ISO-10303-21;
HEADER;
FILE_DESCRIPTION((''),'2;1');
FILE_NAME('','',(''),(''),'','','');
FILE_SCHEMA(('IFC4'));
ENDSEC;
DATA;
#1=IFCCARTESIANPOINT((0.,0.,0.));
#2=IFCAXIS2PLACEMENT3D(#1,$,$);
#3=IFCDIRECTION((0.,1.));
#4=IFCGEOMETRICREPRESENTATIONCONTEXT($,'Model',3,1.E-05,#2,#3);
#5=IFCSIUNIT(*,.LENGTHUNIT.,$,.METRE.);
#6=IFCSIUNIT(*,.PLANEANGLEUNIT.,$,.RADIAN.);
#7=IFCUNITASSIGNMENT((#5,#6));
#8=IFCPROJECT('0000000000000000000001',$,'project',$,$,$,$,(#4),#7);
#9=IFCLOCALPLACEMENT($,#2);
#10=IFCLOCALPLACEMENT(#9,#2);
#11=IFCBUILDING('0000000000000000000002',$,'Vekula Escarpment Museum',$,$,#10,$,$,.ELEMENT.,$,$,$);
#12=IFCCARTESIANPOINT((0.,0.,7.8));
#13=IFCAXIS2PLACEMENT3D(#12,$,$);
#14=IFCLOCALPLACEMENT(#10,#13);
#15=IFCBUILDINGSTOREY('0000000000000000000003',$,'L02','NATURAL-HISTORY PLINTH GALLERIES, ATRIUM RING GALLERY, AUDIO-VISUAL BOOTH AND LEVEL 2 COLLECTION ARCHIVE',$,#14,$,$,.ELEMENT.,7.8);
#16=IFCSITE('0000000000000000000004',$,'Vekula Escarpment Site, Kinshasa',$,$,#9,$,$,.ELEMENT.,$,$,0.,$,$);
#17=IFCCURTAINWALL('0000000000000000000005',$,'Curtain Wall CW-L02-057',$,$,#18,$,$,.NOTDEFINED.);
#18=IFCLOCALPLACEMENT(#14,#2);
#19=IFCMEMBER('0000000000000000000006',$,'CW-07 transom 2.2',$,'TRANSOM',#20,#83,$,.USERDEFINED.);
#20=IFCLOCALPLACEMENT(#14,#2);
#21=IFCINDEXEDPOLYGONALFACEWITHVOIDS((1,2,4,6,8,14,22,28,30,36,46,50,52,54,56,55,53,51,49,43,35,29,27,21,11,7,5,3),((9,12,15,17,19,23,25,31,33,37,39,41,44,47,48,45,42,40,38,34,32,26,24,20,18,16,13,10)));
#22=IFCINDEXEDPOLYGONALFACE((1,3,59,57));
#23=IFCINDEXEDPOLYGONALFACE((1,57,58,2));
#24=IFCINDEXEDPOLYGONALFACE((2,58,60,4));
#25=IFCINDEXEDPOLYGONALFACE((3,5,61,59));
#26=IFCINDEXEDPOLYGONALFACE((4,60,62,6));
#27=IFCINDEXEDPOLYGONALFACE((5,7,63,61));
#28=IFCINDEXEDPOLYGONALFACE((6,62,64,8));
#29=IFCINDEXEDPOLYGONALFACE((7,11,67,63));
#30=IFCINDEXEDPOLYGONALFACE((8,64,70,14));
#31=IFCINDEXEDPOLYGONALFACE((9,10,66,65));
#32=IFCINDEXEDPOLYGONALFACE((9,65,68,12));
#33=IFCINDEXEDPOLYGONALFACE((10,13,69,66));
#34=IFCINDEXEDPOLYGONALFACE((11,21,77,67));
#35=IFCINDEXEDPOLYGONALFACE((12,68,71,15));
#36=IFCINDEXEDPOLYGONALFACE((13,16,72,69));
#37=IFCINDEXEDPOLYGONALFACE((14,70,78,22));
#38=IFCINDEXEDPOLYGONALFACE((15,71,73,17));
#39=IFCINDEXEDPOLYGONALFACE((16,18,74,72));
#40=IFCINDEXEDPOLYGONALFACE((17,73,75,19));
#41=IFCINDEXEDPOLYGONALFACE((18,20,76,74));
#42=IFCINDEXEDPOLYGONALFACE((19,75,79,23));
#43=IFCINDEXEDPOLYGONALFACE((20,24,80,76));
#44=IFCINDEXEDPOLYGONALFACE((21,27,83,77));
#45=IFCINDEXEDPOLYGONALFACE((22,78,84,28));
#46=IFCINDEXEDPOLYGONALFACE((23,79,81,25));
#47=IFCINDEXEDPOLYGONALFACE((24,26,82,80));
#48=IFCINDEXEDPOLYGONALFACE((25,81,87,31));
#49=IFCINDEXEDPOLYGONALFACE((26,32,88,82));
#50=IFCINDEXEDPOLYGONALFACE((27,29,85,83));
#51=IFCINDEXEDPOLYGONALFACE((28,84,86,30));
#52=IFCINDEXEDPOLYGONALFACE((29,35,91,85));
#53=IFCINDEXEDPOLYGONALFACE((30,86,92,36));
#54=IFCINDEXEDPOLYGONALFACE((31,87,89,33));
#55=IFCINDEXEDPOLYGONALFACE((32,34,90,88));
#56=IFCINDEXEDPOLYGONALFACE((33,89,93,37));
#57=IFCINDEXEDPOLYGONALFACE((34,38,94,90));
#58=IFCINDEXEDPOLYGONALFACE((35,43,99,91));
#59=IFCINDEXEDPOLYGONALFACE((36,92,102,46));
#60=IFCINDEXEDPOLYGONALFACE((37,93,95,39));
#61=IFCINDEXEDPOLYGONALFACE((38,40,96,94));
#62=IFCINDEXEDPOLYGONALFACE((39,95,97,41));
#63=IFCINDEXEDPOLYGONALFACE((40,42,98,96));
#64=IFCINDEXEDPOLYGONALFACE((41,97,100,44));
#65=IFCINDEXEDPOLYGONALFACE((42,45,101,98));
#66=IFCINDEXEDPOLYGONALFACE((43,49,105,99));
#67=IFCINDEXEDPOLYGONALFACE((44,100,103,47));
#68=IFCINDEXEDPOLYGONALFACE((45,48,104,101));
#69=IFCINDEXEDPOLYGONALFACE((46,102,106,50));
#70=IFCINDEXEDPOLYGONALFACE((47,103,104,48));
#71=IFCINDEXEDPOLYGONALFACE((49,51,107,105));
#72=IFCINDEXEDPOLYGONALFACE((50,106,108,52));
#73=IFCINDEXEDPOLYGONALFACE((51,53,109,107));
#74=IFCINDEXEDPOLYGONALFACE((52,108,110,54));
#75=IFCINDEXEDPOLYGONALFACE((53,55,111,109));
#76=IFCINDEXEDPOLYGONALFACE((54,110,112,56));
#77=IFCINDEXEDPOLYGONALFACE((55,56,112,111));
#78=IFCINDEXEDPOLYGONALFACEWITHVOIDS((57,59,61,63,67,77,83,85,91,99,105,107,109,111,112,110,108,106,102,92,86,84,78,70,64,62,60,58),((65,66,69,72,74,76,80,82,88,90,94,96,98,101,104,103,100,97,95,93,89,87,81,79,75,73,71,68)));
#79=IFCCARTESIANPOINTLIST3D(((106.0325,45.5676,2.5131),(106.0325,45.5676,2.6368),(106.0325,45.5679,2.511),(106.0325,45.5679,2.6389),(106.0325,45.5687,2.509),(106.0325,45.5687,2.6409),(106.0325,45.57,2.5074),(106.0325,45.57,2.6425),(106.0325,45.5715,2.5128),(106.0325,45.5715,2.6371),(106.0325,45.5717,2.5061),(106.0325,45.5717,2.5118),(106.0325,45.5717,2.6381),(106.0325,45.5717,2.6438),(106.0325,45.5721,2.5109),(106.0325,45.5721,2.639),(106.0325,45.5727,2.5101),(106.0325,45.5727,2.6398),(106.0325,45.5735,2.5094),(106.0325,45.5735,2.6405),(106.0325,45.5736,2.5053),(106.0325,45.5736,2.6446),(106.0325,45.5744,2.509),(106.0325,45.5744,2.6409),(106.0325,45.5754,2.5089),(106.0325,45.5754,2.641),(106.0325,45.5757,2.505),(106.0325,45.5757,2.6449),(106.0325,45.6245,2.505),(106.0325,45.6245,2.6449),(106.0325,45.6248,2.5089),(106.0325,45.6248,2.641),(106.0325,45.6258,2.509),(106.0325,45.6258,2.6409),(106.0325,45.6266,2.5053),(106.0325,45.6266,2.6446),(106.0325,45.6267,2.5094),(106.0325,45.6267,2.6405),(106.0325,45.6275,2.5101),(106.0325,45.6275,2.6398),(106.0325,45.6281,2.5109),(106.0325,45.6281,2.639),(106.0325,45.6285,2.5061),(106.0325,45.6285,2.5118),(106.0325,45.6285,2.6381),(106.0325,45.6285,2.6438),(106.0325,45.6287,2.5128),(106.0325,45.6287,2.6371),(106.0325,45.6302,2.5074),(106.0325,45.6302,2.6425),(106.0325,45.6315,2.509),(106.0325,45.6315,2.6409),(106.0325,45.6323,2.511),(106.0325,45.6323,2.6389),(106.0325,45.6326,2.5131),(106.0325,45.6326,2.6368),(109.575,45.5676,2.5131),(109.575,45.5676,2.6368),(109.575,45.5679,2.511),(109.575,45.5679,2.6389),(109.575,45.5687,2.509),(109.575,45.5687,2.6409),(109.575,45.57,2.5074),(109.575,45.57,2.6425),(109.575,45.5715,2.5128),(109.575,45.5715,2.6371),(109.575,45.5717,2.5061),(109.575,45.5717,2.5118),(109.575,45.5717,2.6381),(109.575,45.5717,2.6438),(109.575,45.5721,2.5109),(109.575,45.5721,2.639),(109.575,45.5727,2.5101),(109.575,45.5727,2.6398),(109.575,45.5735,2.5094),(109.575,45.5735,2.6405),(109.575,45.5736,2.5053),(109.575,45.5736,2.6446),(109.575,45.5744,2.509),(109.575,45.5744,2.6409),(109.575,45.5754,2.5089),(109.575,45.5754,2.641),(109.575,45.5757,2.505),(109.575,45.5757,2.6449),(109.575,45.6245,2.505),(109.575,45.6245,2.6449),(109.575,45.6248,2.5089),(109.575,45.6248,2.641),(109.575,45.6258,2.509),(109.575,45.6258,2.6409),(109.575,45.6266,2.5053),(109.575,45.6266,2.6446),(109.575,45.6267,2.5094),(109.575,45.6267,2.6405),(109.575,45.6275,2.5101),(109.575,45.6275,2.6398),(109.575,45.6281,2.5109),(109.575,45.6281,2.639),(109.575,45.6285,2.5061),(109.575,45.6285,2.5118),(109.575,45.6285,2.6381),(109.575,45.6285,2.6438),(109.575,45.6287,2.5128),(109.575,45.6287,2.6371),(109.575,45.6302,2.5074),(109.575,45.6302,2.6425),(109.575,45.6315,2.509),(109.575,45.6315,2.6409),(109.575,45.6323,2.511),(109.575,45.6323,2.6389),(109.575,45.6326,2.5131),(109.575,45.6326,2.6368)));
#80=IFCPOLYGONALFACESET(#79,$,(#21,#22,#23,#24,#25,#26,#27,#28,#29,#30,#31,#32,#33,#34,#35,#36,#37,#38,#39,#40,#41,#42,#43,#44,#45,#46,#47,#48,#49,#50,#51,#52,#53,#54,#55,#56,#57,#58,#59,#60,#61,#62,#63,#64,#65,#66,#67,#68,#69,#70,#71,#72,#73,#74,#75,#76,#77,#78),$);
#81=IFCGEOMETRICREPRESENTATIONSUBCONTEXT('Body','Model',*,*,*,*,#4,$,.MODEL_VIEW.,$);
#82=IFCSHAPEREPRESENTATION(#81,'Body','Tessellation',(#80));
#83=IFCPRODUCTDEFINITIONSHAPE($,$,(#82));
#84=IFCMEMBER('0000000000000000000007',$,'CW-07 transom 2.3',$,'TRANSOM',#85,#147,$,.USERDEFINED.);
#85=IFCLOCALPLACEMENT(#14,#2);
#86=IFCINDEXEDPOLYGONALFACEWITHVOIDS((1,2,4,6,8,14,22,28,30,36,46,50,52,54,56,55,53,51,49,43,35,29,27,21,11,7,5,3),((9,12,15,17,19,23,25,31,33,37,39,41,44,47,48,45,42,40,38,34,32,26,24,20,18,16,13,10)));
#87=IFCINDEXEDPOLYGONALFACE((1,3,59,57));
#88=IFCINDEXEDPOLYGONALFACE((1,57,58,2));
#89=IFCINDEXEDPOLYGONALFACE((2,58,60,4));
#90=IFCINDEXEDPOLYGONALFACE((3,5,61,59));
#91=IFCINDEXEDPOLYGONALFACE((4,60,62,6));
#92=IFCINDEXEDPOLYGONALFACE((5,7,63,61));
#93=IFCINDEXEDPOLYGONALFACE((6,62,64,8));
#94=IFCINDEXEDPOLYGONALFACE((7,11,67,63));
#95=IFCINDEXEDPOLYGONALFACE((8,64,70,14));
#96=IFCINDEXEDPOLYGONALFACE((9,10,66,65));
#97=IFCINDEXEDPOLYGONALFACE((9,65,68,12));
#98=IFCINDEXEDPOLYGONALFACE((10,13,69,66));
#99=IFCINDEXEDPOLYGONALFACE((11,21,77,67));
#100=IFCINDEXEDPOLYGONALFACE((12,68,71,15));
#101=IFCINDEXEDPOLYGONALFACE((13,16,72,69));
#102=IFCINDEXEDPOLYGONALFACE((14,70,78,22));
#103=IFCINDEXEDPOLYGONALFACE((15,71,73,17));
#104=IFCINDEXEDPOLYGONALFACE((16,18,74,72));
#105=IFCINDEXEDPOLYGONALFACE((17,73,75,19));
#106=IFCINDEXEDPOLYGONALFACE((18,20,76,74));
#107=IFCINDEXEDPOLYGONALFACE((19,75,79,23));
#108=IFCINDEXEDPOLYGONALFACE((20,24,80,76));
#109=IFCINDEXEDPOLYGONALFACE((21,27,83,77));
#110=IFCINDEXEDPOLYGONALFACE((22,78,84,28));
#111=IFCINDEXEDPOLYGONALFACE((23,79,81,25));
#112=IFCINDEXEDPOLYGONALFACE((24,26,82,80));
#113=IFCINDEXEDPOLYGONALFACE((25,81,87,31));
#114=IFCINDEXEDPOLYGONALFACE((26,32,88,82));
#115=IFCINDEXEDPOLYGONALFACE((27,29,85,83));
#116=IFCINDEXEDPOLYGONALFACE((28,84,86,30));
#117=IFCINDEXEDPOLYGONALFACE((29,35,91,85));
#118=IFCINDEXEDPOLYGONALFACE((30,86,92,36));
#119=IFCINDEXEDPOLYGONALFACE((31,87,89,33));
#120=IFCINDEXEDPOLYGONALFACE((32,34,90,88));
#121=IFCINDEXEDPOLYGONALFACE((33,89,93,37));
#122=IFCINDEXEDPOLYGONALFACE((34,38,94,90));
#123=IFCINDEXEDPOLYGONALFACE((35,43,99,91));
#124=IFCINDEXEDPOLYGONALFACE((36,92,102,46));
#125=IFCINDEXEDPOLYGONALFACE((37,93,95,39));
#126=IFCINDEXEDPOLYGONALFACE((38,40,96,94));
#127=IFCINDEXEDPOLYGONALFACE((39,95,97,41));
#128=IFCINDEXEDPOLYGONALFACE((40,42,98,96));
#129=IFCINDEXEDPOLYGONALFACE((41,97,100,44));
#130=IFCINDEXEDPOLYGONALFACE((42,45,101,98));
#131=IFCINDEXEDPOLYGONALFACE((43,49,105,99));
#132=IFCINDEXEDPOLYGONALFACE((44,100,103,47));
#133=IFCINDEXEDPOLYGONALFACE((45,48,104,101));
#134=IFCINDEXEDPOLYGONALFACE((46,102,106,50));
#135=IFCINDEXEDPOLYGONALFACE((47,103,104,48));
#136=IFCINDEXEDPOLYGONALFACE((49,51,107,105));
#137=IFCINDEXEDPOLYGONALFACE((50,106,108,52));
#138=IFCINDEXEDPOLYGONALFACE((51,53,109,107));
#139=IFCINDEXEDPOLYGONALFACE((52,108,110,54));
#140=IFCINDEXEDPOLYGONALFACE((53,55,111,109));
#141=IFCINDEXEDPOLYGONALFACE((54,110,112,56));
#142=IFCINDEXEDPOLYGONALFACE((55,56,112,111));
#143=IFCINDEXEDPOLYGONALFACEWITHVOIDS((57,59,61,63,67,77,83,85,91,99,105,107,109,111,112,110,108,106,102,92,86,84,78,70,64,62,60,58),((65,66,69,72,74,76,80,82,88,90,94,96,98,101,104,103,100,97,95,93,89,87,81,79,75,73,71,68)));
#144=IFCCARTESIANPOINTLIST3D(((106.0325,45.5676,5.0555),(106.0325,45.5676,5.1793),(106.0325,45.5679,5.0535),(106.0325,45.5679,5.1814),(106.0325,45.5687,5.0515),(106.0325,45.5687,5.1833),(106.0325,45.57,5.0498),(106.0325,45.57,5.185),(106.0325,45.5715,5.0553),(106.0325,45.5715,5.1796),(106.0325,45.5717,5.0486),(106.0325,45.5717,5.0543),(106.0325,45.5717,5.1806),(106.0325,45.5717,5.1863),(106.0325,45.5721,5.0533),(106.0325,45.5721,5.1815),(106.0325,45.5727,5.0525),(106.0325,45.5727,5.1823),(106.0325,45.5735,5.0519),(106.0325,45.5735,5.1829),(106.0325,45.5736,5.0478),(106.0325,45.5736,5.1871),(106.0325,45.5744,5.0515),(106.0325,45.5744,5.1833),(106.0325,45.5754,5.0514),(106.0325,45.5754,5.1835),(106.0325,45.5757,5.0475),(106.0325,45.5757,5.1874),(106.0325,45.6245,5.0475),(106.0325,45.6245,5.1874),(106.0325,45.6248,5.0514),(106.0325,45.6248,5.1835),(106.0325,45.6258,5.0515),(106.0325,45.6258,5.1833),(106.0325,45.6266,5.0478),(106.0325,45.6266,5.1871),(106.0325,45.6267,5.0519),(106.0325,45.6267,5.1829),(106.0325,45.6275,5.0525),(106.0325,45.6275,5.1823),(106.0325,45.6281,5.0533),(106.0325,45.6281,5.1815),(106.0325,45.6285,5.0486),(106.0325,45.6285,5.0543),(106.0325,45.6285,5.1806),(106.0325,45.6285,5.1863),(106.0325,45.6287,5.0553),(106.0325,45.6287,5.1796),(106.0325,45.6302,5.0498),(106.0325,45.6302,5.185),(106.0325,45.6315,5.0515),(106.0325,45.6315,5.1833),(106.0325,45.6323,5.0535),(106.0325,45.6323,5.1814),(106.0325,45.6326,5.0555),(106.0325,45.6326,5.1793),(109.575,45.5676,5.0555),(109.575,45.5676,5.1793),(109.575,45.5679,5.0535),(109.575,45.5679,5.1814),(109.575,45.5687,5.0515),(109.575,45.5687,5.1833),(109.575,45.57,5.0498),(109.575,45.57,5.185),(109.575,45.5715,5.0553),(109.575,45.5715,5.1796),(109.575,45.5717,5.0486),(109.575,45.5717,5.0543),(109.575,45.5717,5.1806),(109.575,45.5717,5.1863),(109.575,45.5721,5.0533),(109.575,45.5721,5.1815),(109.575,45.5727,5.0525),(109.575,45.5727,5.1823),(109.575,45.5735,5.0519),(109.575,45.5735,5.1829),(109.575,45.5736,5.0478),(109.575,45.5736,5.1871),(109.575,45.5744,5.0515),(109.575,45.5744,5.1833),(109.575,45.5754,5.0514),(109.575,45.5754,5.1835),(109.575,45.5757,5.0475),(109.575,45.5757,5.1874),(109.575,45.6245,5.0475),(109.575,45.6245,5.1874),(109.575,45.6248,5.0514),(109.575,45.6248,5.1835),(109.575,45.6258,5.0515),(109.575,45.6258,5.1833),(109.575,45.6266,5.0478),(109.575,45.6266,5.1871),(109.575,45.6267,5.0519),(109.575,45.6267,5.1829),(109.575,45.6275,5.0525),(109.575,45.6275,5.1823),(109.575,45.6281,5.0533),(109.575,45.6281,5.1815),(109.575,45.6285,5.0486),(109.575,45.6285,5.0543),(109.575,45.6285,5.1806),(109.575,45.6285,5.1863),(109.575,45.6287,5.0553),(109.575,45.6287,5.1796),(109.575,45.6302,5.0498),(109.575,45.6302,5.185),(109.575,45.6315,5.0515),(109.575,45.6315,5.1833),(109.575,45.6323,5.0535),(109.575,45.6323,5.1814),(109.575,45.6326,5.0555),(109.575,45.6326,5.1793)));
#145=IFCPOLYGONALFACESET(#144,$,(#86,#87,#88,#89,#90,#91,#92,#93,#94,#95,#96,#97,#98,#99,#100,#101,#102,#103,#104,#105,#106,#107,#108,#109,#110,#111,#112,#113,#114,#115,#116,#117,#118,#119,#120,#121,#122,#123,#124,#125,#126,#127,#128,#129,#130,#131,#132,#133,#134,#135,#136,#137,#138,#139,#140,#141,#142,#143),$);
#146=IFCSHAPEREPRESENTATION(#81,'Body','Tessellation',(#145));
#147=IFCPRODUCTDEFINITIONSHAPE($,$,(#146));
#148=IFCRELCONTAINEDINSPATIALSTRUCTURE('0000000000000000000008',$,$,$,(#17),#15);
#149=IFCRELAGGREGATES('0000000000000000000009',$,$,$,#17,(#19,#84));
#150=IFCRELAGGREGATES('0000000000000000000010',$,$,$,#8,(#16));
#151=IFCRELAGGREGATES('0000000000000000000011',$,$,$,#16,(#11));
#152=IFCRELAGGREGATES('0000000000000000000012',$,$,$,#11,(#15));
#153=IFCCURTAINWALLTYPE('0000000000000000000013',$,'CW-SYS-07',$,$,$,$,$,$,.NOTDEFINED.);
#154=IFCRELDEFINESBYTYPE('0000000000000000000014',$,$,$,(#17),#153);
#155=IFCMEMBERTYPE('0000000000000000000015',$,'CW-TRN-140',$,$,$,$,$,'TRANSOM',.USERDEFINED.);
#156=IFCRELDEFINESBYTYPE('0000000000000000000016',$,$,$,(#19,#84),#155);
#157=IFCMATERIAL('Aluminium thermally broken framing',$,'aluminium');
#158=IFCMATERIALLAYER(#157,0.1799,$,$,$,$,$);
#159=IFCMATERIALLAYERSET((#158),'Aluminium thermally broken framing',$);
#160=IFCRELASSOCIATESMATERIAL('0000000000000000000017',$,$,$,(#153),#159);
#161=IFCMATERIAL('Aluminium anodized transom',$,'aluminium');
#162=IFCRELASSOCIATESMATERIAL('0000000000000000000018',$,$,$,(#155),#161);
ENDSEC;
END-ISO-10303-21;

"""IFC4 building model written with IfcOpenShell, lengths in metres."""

from ifc_helpers import new_model, si_unit, direction, frame, origin, origin_2d, place, context, subcontext, project, spatial, hollow_rectangle, extrude, material, layer, layer_set, material_profile, profile_set, type_object, element, aggregate, save


model = new_model("IFC4")

# Units and contexts
model_context = context("Model", 3, precision=1e-05, world=origin(), true_north=direction((0.0, 1.0)))
body_context = subcontext(model_context, "Body", "Model", "MODEL_VIEW")
ifc_project = project(units=[si_unit("LENGTHUNIT", "METRE"), si_unit("PLANEANGLEUNIT", "RADIAN")], contexts=[model_context])

# Site, building, storey
site_placement = place(None, origin())
site = spatial("IfcSite", under=ifc_project, at=site_placement, Name="Vekula Escarpment Site, Kinshasa", CompositionType="ELEMENT", RefElevation=0.0)
building_placement = place(site_placement, origin())
building = spatial("IfcBuilding", under=site, at=building_placement, Name="Vekula Escarpment Museum", CompositionType="ELEMENT")
storey_placement = place(building_placement, frame((0.0, 0.0, 7.8)))
storey = spatial("IfcBuildingStorey", under=building, at=storey_placement, Name="L02", Description="NATURAL-HISTORY PLINTH GALLERIES, ATRIUM RING GALLERY, AUDIO-VISUAL BOOTH AND LEVEL 2 COLLECTION ARCHIVE", CompositionType="ELEMENT", Elevation=7.8)

# Curtain wall, members
ifc_material_1 = material(Name="Aluminium thermally broken framing", Category="aluminium")
ifc_layer_1 = layer(ifc_material_1, 0.1799)
ifc_layer_set_1 = layer_set([ifc_layer_1], Name="Aluminium thermally broken framing")
curtain_wall_type = type_object("IfcCurtainWallType", Name="CW-SYS-07", PredefinedType="NOTDEFINED", material=ifc_layer_set_1)
curtain_wall_placement = place(storey_placement, origin())
curtain_wall = element("IfcCurtainWall", 1, at=curtain_wall_placement, inside=storey, type_object=curtain_wall_type, Name="Curtain Wall CW-L02-057", PredefinedType="NOTDEFINED")
ifc_material_2 = material(Name="Aluminium anodized transom", Category="aluminium")
ifc_material_profile_1 = material_profile(ifc_material_2, hollow_rectangle(XDim=0.0649, YDim=0.1399, WallThickness=0.0039, InnerFilletRadius=0.0039, OuterFilletRadius=0.0081, at=origin_2d()), Name="ALU 140x65x4")
ifc_profile_set_1 = profile_set([ifc_material_profile_1], Name="Aluminium anodized transom")
member_type_1 = type_object("IfcMemberType", Name="CW-TRN-140", ElementType="TRANSOM", PredefinedType="USERDEFINED", material=ifc_profile_set_1)
member_1_placement = place(storey_placement, frame((106.0325, 45.6001, 2.575), z_axis=(1.0, 0.0, 0.0), x_axis=(0.0, 1.0, 0.0)))
member_1 = element("IfcMember", 2, at=member_1_placement, type_object=member_type_1, Name="CW-07 transom 2.2", ObjectType="TRANSOM", PredefinedType="USERDEFINED", context=body_context, shape_type="SweptSolid", body=[
    extrude(hollow_rectangle(XDim=0.0649, YDim=0.1399, WallThickness=0.0039, InnerFilletRadius=0.0039, OuterFilletRadius=0.0081, at=origin_2d()), origin(), (0.0, 0.0, 1.0), 3.5425),
])
member_2_placement = place(storey_placement, frame((106.0325, 45.6001, 5.1174), z_axis=(1.0, 0.0, 0.0), x_axis=(0.0, 1.0, 0.0)))
member_2 = element("IfcMember", 3, at=member_2_placement, type_object=member_type_1, Name="CW-07 transom 2.3", ObjectType="TRANSOM", PredefinedType="USERDEFINED", context=body_context, shape_type="SweptSolid", body=[
    extrude(hollow_rectangle(XDim=0.0649, YDim=0.1399, WallThickness=0.0039, InnerFilletRadius=0.0039, OuterFilletRadius=0.0081, at=origin_2d()), origin(), (0.0, 0.0, 1.0), 3.5425),
])

aggregate(curtain_wall, [member_1, member_2])

save(model, "model.ifc")
